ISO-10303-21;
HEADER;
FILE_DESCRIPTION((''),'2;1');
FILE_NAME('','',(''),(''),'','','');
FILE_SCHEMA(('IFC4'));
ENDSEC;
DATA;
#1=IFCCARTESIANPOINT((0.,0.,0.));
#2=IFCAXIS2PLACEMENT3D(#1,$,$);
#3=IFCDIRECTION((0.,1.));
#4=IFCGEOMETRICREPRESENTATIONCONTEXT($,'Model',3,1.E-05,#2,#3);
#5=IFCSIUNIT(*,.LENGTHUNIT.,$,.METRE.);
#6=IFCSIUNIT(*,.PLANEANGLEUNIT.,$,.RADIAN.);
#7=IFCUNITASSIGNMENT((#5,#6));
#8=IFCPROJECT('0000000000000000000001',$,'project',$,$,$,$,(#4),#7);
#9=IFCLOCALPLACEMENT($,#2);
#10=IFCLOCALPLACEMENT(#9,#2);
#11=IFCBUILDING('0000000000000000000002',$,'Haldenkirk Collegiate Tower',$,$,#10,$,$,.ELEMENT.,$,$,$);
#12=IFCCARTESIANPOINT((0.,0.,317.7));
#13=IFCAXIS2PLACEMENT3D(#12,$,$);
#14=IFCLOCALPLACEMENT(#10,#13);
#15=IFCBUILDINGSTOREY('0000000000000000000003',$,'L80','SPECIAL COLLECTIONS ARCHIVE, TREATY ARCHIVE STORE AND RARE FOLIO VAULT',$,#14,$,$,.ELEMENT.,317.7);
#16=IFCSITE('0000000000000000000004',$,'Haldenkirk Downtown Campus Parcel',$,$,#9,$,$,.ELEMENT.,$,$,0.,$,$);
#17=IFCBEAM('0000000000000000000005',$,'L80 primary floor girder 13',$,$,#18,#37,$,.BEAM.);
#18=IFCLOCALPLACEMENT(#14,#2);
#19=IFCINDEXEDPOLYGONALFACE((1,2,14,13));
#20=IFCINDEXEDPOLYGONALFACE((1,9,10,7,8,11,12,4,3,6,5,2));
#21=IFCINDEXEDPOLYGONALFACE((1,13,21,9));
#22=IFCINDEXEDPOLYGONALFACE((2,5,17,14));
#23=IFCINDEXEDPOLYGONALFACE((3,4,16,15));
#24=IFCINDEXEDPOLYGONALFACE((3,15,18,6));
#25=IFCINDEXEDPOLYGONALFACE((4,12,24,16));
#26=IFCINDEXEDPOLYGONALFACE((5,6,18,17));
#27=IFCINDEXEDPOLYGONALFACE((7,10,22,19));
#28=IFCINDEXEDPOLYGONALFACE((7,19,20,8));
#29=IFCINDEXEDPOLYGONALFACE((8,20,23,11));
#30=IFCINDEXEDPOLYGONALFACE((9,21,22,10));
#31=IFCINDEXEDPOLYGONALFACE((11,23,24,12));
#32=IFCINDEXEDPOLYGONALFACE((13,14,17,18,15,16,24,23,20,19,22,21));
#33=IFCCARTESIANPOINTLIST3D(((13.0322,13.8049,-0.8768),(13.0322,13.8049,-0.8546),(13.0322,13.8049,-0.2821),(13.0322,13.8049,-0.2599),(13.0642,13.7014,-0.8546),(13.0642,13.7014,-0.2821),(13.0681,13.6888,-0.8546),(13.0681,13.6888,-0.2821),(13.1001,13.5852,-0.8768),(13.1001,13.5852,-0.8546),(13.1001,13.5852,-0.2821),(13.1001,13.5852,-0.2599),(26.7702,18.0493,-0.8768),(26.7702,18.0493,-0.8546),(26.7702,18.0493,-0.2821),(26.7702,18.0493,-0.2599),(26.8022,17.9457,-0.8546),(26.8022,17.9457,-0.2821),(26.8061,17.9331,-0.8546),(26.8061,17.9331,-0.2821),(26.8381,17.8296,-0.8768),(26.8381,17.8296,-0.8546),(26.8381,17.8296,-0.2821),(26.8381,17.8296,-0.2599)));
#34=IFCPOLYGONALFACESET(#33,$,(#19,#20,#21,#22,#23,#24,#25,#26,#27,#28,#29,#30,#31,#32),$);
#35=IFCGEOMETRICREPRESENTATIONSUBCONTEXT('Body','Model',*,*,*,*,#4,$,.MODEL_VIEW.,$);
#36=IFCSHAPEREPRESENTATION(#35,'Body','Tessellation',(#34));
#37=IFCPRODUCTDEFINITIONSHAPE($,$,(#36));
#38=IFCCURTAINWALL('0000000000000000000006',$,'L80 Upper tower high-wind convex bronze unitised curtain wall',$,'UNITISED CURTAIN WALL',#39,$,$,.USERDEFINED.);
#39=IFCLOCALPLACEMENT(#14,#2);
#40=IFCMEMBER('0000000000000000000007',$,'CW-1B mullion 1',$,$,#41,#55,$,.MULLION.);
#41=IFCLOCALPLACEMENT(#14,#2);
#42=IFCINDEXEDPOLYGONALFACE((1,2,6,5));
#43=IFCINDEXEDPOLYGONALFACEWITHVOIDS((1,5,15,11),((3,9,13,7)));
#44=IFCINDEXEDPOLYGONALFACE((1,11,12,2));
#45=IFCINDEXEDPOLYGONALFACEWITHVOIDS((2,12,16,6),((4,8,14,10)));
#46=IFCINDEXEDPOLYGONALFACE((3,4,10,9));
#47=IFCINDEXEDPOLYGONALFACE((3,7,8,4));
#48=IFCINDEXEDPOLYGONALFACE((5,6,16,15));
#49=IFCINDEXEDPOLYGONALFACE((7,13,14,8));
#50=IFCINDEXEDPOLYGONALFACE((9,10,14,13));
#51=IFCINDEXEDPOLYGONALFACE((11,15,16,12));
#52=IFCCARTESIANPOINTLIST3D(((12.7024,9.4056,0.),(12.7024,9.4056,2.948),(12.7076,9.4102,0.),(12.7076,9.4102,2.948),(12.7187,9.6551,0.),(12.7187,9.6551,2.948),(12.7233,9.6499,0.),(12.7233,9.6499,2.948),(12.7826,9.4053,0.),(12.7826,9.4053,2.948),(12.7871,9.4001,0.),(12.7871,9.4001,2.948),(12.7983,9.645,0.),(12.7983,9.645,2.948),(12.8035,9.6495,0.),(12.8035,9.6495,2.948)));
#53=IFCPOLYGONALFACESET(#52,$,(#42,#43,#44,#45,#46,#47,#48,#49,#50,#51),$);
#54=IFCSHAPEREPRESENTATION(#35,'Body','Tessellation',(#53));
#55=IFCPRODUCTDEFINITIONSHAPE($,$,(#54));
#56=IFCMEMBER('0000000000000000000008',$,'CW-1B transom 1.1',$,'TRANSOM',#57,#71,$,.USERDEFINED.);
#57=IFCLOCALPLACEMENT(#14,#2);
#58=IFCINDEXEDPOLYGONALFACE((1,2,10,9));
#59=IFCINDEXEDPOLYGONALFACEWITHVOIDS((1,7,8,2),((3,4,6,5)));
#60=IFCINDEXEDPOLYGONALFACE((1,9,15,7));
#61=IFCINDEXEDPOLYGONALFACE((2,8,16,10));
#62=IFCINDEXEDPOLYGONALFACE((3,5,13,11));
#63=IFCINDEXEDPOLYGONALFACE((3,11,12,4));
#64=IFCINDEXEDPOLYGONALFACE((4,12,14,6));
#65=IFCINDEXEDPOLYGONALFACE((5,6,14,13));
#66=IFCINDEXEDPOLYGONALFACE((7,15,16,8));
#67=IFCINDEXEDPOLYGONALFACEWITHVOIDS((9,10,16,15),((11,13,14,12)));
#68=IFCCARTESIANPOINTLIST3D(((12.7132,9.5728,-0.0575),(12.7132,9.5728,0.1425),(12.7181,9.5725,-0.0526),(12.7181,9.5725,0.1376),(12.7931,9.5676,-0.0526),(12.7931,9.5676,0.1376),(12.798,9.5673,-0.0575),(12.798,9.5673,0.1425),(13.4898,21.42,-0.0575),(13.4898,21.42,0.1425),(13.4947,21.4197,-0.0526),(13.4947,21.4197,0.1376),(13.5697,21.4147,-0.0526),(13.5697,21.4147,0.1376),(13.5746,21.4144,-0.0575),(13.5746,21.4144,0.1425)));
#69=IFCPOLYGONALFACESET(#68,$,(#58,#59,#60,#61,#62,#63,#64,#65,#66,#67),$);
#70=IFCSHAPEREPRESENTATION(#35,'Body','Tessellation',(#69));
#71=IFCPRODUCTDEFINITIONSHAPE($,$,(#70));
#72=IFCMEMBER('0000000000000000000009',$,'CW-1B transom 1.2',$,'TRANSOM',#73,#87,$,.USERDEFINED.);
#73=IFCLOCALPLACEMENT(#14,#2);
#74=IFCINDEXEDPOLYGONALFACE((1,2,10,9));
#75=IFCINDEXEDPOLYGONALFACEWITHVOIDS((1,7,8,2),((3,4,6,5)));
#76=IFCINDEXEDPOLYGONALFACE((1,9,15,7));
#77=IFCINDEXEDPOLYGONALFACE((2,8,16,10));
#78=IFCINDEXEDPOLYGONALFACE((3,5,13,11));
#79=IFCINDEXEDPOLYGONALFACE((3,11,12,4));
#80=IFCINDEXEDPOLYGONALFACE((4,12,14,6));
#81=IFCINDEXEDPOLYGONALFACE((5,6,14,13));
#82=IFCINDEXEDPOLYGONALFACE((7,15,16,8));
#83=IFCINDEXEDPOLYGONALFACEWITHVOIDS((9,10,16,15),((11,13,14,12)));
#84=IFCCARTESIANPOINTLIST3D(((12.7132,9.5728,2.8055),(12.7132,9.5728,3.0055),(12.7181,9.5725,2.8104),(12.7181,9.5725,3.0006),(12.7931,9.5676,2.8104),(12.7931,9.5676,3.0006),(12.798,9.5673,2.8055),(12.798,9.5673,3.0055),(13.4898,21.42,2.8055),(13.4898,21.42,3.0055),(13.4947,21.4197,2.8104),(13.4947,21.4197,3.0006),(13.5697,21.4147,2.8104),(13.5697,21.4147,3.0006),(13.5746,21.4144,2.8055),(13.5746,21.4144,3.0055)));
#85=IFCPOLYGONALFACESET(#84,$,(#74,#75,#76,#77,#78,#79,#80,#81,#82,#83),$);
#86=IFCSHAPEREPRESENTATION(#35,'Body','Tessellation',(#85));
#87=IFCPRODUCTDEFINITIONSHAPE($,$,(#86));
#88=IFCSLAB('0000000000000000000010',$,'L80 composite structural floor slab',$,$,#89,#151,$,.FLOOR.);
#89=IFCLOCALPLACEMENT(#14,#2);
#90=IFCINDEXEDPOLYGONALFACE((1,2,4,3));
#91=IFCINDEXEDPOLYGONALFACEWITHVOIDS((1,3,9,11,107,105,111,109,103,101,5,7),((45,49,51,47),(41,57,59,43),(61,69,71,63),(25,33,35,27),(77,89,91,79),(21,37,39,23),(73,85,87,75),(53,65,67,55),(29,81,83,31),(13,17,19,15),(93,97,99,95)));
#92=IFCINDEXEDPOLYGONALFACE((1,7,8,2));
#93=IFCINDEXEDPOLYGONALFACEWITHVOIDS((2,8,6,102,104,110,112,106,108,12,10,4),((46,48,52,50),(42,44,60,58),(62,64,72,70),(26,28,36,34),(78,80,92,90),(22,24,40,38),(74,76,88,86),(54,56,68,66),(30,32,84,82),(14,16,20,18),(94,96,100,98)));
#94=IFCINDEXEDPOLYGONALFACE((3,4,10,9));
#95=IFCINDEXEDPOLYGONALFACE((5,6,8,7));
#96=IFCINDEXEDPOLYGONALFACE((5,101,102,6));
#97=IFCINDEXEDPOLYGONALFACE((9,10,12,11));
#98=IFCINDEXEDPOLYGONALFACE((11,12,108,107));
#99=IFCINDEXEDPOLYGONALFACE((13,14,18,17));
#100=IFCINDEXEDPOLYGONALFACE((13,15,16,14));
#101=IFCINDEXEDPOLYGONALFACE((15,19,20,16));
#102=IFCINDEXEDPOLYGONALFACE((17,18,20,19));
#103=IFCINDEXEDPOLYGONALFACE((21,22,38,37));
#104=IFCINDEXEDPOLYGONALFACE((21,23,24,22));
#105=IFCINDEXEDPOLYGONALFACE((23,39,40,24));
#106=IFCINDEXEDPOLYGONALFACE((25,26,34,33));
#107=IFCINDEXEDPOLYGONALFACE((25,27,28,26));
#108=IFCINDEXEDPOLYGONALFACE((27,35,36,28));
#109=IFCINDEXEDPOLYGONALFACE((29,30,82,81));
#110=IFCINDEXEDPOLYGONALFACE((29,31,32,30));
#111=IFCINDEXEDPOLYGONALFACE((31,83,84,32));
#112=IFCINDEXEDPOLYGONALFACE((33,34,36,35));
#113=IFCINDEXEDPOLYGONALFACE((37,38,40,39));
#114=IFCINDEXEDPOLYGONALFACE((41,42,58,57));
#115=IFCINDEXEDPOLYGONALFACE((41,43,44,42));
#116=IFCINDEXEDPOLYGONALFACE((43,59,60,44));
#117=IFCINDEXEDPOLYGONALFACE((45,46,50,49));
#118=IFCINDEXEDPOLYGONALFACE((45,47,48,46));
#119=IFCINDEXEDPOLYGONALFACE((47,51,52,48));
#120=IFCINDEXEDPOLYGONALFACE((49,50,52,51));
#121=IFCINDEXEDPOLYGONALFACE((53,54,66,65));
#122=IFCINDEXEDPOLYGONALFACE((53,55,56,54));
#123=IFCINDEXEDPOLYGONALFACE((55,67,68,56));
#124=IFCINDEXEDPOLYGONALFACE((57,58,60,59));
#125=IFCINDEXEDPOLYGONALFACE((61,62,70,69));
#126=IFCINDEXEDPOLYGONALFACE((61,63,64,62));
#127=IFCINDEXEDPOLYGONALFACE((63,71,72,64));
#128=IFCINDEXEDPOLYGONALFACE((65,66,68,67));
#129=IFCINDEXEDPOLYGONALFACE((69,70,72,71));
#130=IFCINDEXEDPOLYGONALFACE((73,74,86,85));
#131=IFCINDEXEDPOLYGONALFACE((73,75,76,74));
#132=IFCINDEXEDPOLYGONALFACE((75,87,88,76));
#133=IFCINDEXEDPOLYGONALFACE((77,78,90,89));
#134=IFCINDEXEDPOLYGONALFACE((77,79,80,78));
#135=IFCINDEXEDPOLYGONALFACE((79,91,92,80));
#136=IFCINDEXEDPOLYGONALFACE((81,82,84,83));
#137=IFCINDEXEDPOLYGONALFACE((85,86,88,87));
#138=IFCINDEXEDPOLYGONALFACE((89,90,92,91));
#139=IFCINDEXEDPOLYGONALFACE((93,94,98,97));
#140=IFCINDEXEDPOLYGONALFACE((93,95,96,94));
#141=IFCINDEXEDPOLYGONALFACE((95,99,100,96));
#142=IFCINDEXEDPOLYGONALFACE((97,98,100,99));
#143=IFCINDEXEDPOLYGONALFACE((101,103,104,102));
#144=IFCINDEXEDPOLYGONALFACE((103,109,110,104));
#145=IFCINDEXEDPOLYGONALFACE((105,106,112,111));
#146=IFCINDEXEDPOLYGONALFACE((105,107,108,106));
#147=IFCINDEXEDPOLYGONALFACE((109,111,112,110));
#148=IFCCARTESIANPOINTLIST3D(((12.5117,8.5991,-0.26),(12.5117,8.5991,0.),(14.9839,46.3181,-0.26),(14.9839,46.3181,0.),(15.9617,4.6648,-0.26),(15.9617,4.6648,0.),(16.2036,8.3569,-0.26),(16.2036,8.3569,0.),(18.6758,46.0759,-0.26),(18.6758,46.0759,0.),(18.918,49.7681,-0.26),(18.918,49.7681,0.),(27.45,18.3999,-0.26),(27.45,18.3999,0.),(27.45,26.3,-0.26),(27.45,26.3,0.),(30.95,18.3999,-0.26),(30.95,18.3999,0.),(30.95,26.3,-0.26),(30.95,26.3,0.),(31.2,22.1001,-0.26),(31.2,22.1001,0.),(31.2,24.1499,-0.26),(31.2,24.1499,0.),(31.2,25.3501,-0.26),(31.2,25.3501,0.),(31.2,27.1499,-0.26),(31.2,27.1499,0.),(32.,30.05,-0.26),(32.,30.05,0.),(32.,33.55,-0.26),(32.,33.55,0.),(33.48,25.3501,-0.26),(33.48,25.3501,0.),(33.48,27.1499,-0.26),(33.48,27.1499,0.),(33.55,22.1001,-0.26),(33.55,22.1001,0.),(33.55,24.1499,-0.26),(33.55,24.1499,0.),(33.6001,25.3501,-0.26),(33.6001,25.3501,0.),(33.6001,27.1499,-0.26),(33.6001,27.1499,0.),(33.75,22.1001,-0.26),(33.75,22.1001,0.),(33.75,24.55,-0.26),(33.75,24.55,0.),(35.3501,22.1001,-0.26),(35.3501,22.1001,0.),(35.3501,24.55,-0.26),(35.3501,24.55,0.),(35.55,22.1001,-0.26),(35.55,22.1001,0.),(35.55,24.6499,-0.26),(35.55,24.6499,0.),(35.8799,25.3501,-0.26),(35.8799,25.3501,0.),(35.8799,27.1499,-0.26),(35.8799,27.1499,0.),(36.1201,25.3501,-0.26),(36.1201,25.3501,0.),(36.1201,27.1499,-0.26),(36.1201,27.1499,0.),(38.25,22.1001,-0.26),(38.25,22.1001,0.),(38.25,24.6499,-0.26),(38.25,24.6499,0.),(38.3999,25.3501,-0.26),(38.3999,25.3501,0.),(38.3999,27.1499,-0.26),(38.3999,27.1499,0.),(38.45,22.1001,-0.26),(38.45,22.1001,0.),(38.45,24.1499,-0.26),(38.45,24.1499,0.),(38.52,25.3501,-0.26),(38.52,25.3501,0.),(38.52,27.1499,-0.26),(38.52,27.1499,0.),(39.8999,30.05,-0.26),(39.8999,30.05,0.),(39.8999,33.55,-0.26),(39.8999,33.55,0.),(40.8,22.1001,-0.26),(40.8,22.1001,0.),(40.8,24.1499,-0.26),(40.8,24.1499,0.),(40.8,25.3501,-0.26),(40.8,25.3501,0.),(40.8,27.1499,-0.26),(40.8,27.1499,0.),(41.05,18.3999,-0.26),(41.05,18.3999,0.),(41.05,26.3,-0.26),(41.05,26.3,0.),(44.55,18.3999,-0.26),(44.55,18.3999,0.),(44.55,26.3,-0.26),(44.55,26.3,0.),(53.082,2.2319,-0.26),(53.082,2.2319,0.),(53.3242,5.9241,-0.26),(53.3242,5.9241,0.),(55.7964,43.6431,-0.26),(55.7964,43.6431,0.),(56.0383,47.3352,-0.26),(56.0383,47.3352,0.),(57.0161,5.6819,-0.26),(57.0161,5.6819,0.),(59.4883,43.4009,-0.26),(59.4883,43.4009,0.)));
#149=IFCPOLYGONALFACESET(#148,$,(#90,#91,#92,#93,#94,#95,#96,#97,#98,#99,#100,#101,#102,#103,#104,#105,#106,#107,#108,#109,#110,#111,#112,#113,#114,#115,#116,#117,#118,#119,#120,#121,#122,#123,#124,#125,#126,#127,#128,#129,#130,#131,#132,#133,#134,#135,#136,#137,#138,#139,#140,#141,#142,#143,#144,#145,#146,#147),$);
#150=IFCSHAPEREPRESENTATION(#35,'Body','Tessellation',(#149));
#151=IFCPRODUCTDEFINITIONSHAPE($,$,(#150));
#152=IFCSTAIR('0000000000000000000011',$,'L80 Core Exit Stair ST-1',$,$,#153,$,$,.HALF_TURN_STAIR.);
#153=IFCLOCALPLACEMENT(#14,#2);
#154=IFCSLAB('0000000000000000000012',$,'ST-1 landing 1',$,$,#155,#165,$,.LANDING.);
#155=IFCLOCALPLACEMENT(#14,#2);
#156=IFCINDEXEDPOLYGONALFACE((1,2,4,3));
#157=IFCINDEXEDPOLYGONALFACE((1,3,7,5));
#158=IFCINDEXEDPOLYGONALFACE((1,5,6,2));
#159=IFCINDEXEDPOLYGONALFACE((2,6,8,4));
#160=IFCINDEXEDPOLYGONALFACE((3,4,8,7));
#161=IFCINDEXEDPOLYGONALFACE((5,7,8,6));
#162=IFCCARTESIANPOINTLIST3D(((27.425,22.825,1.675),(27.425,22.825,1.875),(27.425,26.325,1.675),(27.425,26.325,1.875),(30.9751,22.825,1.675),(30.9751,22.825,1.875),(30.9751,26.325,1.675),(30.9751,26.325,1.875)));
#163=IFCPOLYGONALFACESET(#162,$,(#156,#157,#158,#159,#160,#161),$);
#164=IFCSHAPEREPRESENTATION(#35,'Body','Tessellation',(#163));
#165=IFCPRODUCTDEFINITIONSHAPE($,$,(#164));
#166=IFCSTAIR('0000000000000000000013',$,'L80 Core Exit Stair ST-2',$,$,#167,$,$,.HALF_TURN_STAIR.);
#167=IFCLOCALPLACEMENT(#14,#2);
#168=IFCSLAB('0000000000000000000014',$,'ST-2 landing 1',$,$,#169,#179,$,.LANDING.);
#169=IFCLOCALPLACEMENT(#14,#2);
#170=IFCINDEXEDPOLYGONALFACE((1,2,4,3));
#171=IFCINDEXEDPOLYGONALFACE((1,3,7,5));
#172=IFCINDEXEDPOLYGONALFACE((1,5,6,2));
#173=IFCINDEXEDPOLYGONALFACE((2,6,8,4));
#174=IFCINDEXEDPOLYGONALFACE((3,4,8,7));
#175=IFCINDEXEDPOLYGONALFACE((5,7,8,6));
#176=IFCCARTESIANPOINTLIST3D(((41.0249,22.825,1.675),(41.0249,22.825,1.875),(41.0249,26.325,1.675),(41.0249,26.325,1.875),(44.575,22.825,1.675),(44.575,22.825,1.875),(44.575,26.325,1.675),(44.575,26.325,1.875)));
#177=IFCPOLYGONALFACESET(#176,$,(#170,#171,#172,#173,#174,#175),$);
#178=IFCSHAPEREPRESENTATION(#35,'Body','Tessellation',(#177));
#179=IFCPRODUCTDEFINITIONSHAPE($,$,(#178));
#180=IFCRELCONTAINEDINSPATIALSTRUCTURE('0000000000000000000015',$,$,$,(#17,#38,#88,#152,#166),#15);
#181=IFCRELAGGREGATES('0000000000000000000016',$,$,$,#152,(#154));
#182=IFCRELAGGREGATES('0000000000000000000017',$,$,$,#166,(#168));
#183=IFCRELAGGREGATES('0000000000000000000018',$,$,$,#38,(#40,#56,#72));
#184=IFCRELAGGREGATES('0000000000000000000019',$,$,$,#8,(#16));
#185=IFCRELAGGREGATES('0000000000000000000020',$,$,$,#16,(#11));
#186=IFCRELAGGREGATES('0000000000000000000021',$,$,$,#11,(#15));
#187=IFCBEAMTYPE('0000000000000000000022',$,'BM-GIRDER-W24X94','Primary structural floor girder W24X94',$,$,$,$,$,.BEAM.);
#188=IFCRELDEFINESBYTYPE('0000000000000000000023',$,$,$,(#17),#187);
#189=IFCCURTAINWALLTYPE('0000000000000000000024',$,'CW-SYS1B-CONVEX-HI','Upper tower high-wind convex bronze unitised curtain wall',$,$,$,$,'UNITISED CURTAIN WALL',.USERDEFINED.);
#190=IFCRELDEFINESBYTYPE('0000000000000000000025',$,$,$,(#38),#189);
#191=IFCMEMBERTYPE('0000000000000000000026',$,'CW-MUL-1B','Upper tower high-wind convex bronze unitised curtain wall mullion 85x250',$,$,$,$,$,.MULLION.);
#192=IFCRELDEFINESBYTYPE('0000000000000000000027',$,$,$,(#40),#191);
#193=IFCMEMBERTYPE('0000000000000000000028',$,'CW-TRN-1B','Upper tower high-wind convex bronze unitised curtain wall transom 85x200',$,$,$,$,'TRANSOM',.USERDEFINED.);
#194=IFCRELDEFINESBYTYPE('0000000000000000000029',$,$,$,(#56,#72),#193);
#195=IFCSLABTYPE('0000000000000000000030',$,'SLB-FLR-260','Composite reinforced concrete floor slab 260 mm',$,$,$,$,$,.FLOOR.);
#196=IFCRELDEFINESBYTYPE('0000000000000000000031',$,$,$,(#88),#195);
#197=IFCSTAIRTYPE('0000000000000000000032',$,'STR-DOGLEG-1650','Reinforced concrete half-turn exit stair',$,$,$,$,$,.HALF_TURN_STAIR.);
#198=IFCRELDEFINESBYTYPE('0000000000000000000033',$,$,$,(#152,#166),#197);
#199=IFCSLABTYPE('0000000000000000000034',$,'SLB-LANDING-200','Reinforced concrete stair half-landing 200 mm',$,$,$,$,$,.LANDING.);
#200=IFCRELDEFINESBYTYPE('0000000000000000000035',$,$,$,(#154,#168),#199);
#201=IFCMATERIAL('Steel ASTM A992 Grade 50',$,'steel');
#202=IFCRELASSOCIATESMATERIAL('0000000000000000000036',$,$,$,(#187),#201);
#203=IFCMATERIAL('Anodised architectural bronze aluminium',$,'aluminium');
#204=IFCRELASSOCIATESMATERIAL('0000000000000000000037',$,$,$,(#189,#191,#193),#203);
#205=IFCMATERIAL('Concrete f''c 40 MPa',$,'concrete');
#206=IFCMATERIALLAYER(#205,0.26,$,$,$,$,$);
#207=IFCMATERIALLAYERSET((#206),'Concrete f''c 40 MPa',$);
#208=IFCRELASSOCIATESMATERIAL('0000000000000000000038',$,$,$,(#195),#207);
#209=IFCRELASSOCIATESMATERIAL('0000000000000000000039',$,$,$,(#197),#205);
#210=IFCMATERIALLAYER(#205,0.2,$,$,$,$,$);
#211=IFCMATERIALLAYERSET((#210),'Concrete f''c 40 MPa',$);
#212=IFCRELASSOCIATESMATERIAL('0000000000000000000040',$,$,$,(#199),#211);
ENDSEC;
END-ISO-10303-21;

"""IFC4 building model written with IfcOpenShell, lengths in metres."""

from ifc_helpers import new_model, si_unit, direction, frame, origin, origin_2d, place, context, subcontext, project, spatial, polyline, hollow_rectangle, i_section, outline, extrude, material, layer, layer_set, material_profile, profile_set, type_object, element, aggregate, save


model = new_model("IFC4")

# Units and contexts
model_context = context("Model", 3, precision=1e-05, world=origin(), true_north=direction((0.0, 1.0)))
body_context = subcontext(model_context, "Body", "Model", "MODEL_VIEW")
ifc_project = project(units=[si_unit("LENGTHUNIT", "METRE"), si_unit("PLANEANGLEUNIT", "RADIAN")], contexts=[model_context])

# Site, building, storey
site_placement = place(None, origin())
site = spatial("IfcSite", under=ifc_project, at=site_placement, Name="Haldenkirk Downtown Campus Parcel", CompositionType="ELEMENT", RefElevation=0.0)
building_placement = place(site_placement, origin())
building = spatial("IfcBuilding", under=site, at=building_placement, Name="Haldenkirk Collegiate Tower", CompositionType="ELEMENT")
storey_placement = place(building_placement, frame((0.0, 0.0, 317.7)))
storey = spatial("IfcBuildingStorey", under=building, at=storey_placement, Name="L80", Description="SPECIAL COLLECTIONS ARCHIVE, TREATY ARCHIVE STORE AND RARE FOLIO VAULT", CompositionType="ELEMENT", Elevation=317.7)

# Beam
ifc_material_1 = material(Name="Steel ASTM A992 Grade 50", Category="steel")
ifc_material_profile_1 = material_profile(ifc_material_1, i_section(OverallWidth=0.23, OverallDepth=0.6169, WebThickness=0.0132, FlangeThickness=0.0222, at=origin_2d()), Name="W24X94")
ifc_profile_set_1 = profile_set([ifc_material_profile_1], Name="Steel ASTM A992 Grade 50")
beam_type = type_object("IfcBeamType", Name="BM-GIRDER-W24X94", Description="Primary structural floor girder W24X94", PredefinedType="BEAM", material=ifc_profile_set_1)
beam_placement = place(storey_placement, frame((13.0662, 13.6951, -0.5684), z_axis=(0.95544, 0.295185, 0.0), x_axis=(-0.295185, 0.95544, 0.0)))
element("IfcBeam", 1, at=beam_placement, inside=storey, type_object=beam_type, Name="L80 primary floor girder 13", PredefinedType="BEAM", context=body_context, shape_type="SweptSolid", body=[
    extrude(i_section(OverallWidth=0.23, OverallDepth=0.6169, WebThickness=0.0132, FlangeThickness=0.0222, at=origin_2d()), origin(), (0.0, 0.0, 1.0), 14.3787),
])

# Curtain wall, members
ifc_material_2 = material(Name="Anodised architectural bronze aluminium", Category="aluminium")
curtain_wall_type = type_object("IfcCurtainWallType", Name="CW-SYS1B-CONVEX-HI", Description="Upper tower high-wind convex bronze unitised curtain wall", ElementType="UNITISED CURTAIN WALL", PredefinedType="USERDEFINED", material=ifc_material_2)
curtain_wall_placement = place(storey_placement, origin())
curtain_wall = element("IfcCurtainWall", 2, at=curtain_wall_placement, inside=storey, type_object=curtain_wall_type, Name="L80 Upper tower high-wind convex bronze unitised curtain wall", ObjectType="UNITISED CURTAIN WALL", PredefinedType="USERDEFINED")
ifc_material_profile_2 = material_profile(ifc_material_2, hollow_rectangle(XDim=0.085, YDim=0.25, WallThickness=0.0049, at=origin_2d()), Name="CW-MUL-1B")
ifc_profile_set_2 = profile_set([ifc_material_profile_2], Name="Anodised architectural bronze aluminium")
member_type_1 = type_object("IfcMemberType", Name="CW-MUL-1B", Description="Upper tower high-wind convex bronze unitised curtain wall mullion 85x250", PredefinedType="MULLION", material=ifc_profile_set_2)
member_1_placement = place(storey_placement, frame((12.7529, 9.5276, 0.0), z_axis=(0.0, 0.0, 1.0), x_axis=(-0.997859, 0.065403, 0.0)))
member_1 = element("IfcMember", 3, at=member_1_placement, type_object=member_type_1, Name="CW-1B mullion 1", PredefinedType="MULLION", context=body_context, shape_type="SweptSolid", body=[
    extrude(hollow_rectangle(XDim=0.085, YDim=0.25, WallThickness=0.0049, at=origin_2d()), origin(), (0.0, 0.0, 1.0), 2.948),
])
ifc_material_profile_3 = material_profile(ifc_material_2, hollow_rectangle(XDim=0.085, YDim=0.2, WallThickness=0.0049, at=origin_2d()), Name="CW-TRN-1B")
ifc_profile_set_3 = profile_set([ifc_material_profile_3], Name="Anodised architectural bronze aluminium")
member_type_2 = type_object("IfcMemberType", Name="CW-TRN-1B", Description="Upper tower high-wind convex bronze unitised curtain wall transom 85x200", ElementType="TRANSOM", PredefinedType="USERDEFINED", material=ifc_profile_set_3)
member_2_placement = place(storey_placement, frame((12.7556, 9.5701, 0.0425), z_axis=(0.065412, 0.997858, 0.0), x_axis=(-0.997858, 0.065412, 0.0)))
member_2 = element("IfcMember", 4, at=member_2_placement, type_object=member_type_2, Name="CW-1B transom 1.1", ObjectType="TRANSOM", PredefinedType="USERDEFINED", context=body_context, shape_type="SweptSolid", body=[
    extrude(hollow_rectangle(XDim=0.085, YDim=0.2, WallThickness=0.0049, at=origin_2d()), origin(), (0.0, 0.0, 1.0), 11.8726),
])
member_3_placement = place(storey_placement, frame((12.7556, 9.5701, 2.9055), z_axis=(0.065412, 0.997858, 0.0), x_axis=(-0.997858, 0.065412, 0.0)))
member_3 = element("IfcMember", 5, at=member_3_placement, type_object=member_type_2, Name="CW-1B transom 1.2", ObjectType="TRANSOM", PredefinedType="USERDEFINED", context=body_context, shape_type="SweptSolid", body=[
    extrude(hollow_rectangle(XDim=0.085, YDim=0.2, WallThickness=0.0049, at=origin_2d()), origin(), (0.0, 0.0, 1.0), 11.8726),
])

# Slab
ifc_material_3 = material(Name="Concrete f'c 40 MPa", Category="concrete")
ifc_layer_1 = layer(ifc_material_3, 0.26)
ifc_layer_set_1 = layer_set([ifc_layer_1], Name="Concrete f'c 40 MPa")
slab_type_1 = type_object("IfcSlabType", Name="SLB-FLR-260", Description="Composite reinforced concrete floor slab 260 mm", PredefinedType="FLOOR", material=ifc_layer_set_1)
slab_1_placement = place(storey_placement, frame((0.0, 0.0, -0.26)))
element("IfcSlab", 6, at=slab_1_placement, inside=storey, type_object=slab_type_1, Name="L80 composite structural floor slab", PredefinedType="FLOOR", context=body_context, shape_type="SweptSolid", body=[
    extrude(outline(polyline([(57.0161, 5.6819), (59.4883, 43.4009), (55.7964, 43.6431), (56.0383, 47.3352), (18.918, 49.7681), (18.6758, 46.0759), (14.9839, 46.3181), (12.5117, 8.5991), (16.2036, 8.3569), (15.9617, 4.6648), (53.082, 2.2319), (53.3242, 5.9241), (57.0161, 5.6819)]), holes=[polyline([(27.45, 18.3999), (30.95, 18.3999), (30.95, 26.3), (27.45, 26.3), (27.45, 18.3999)]), polyline([(41.05, 18.3999), (44.55, 18.3999), (44.55, 26.3), (41.05, 26.3), (41.05, 18.3999)]), polyline([(32.0, 30.05), (39.8999, 30.05), (39.8999, 33.55), (32.0, 33.55), (32.0, 30.05)]), polyline([(33.75, 22.1001), (35.3501, 22.1001), (35.3501, 24.55), (33.75, 24.55), (33.75, 22.1001)]), polyline([(31.2, 25.3501), (33.48, 25.3501), (33.48, 27.1499), (31.2, 27.1499), (31.2, 25.3501)]), polyline([(33.6001, 25.3501), (35.8799, 25.3501), (35.8799, 27.1499), (33.6001, 27.1499), (33.6001, 25.3501)]), polyline([(36.1201, 25.3501), (38.3999, 25.3501), (38.3999, 27.1499), (36.1201, 27.1499), (36.1201, 25.3501)]), polyline([(38.52, 25.3501), (40.8, 25.3501), (40.8, 27.1499), (38.52, 27.1499), (38.52, 25.3501)]), polyline([(31.2, 22.1001), (33.55, 22.1001), (33.55, 24.1499), (31.2, 24.1499), (31.2, 22.1001)]), polyline([(38.45, 22.1001), (40.8, 22.1001), (40.8, 24.1499), (38.45, 24.1499), (38.45, 22.1001)]), polyline([(35.55, 22.1001), (38.25, 22.1001), (38.25, 24.6499), (35.55, 24.6499), (35.55, 22.1001)])]), origin(), (0.0, 0.0, 1.0), 0.26),
])

# Stairs, slabs
stair_type = type_object("IfcStairType", Name="STR-DOGLEG-1650", Description="Reinforced concrete half-turn exit stair", PredefinedType="HALF_TURN_STAIR", material=ifc_material_3)
stair_1_placement = place(storey_placement, origin())
stair_1 = element("IfcStair", 7, at=stair_1_placement, inside=storey, type_object=stair_type, Name="L80 Core Exit Stair ST-1", PredefinedType="HALF_TURN_STAIR")
ifc_layer_2 = layer(ifc_material_3, 0.2)
ifc_layer_set_2 = layer_set([ifc_layer_2], Name="Concrete f'c 40 MPa")
slab_type_2 = type_object("IfcSlabType", Name="SLB-LANDING-200", Description="Reinforced concrete stair half-landing 200 mm", PredefinedType="LANDING", material=ifc_layer_set_2)
slab_2_placement = place(storey_placement, frame((0.0, 0.0, 1.675)))
slab_2 = element("IfcSlab", 8, at=slab_2_placement, type_object=slab_type_2, Name="ST-1 landing 1", PredefinedType="LANDING", context=body_context, shape_type="SweptSolid", body=[
    extrude(outline(polyline([(30.9751, 22.825), (27.425, 22.825), (27.425, 26.325), (30.9751, 26.325), (30.9751, 22.825)])), origin(), (0.0, 0.0, 1.0), 0.2),
])
aggregate(stair_1, [slab_2])
stair_2_placement = place(storey_placement, origin())
stair_2 = element("IfcStair", 9, at=stair_2_placement, inside=storey, type_object=stair_type, Name="L80 Core Exit Stair ST-2", PredefinedType="HALF_TURN_STAIR")
slab_3_placement = place(storey_placement, frame((0.0, 0.0, 1.675)))
slab_3 = element("IfcSlab", 10, at=slab_3_placement, type_object=slab_type_2, Name="ST-2 landing 1", PredefinedType="LANDING", context=body_context, shape_type="SweptSolid", body=[
    extrude(outline(polyline([(44.575, 22.825), (41.0249, 22.825), (41.0249, 26.325), (44.575, 26.325), (44.575, 22.825)])), origin(), (0.0, 0.0, 1.0), 0.2),
])
aggregate(stair_2, [slab_3])

aggregate(curtain_wall, [member_1, member_2, member_3])

save(model, "model.ifc")
